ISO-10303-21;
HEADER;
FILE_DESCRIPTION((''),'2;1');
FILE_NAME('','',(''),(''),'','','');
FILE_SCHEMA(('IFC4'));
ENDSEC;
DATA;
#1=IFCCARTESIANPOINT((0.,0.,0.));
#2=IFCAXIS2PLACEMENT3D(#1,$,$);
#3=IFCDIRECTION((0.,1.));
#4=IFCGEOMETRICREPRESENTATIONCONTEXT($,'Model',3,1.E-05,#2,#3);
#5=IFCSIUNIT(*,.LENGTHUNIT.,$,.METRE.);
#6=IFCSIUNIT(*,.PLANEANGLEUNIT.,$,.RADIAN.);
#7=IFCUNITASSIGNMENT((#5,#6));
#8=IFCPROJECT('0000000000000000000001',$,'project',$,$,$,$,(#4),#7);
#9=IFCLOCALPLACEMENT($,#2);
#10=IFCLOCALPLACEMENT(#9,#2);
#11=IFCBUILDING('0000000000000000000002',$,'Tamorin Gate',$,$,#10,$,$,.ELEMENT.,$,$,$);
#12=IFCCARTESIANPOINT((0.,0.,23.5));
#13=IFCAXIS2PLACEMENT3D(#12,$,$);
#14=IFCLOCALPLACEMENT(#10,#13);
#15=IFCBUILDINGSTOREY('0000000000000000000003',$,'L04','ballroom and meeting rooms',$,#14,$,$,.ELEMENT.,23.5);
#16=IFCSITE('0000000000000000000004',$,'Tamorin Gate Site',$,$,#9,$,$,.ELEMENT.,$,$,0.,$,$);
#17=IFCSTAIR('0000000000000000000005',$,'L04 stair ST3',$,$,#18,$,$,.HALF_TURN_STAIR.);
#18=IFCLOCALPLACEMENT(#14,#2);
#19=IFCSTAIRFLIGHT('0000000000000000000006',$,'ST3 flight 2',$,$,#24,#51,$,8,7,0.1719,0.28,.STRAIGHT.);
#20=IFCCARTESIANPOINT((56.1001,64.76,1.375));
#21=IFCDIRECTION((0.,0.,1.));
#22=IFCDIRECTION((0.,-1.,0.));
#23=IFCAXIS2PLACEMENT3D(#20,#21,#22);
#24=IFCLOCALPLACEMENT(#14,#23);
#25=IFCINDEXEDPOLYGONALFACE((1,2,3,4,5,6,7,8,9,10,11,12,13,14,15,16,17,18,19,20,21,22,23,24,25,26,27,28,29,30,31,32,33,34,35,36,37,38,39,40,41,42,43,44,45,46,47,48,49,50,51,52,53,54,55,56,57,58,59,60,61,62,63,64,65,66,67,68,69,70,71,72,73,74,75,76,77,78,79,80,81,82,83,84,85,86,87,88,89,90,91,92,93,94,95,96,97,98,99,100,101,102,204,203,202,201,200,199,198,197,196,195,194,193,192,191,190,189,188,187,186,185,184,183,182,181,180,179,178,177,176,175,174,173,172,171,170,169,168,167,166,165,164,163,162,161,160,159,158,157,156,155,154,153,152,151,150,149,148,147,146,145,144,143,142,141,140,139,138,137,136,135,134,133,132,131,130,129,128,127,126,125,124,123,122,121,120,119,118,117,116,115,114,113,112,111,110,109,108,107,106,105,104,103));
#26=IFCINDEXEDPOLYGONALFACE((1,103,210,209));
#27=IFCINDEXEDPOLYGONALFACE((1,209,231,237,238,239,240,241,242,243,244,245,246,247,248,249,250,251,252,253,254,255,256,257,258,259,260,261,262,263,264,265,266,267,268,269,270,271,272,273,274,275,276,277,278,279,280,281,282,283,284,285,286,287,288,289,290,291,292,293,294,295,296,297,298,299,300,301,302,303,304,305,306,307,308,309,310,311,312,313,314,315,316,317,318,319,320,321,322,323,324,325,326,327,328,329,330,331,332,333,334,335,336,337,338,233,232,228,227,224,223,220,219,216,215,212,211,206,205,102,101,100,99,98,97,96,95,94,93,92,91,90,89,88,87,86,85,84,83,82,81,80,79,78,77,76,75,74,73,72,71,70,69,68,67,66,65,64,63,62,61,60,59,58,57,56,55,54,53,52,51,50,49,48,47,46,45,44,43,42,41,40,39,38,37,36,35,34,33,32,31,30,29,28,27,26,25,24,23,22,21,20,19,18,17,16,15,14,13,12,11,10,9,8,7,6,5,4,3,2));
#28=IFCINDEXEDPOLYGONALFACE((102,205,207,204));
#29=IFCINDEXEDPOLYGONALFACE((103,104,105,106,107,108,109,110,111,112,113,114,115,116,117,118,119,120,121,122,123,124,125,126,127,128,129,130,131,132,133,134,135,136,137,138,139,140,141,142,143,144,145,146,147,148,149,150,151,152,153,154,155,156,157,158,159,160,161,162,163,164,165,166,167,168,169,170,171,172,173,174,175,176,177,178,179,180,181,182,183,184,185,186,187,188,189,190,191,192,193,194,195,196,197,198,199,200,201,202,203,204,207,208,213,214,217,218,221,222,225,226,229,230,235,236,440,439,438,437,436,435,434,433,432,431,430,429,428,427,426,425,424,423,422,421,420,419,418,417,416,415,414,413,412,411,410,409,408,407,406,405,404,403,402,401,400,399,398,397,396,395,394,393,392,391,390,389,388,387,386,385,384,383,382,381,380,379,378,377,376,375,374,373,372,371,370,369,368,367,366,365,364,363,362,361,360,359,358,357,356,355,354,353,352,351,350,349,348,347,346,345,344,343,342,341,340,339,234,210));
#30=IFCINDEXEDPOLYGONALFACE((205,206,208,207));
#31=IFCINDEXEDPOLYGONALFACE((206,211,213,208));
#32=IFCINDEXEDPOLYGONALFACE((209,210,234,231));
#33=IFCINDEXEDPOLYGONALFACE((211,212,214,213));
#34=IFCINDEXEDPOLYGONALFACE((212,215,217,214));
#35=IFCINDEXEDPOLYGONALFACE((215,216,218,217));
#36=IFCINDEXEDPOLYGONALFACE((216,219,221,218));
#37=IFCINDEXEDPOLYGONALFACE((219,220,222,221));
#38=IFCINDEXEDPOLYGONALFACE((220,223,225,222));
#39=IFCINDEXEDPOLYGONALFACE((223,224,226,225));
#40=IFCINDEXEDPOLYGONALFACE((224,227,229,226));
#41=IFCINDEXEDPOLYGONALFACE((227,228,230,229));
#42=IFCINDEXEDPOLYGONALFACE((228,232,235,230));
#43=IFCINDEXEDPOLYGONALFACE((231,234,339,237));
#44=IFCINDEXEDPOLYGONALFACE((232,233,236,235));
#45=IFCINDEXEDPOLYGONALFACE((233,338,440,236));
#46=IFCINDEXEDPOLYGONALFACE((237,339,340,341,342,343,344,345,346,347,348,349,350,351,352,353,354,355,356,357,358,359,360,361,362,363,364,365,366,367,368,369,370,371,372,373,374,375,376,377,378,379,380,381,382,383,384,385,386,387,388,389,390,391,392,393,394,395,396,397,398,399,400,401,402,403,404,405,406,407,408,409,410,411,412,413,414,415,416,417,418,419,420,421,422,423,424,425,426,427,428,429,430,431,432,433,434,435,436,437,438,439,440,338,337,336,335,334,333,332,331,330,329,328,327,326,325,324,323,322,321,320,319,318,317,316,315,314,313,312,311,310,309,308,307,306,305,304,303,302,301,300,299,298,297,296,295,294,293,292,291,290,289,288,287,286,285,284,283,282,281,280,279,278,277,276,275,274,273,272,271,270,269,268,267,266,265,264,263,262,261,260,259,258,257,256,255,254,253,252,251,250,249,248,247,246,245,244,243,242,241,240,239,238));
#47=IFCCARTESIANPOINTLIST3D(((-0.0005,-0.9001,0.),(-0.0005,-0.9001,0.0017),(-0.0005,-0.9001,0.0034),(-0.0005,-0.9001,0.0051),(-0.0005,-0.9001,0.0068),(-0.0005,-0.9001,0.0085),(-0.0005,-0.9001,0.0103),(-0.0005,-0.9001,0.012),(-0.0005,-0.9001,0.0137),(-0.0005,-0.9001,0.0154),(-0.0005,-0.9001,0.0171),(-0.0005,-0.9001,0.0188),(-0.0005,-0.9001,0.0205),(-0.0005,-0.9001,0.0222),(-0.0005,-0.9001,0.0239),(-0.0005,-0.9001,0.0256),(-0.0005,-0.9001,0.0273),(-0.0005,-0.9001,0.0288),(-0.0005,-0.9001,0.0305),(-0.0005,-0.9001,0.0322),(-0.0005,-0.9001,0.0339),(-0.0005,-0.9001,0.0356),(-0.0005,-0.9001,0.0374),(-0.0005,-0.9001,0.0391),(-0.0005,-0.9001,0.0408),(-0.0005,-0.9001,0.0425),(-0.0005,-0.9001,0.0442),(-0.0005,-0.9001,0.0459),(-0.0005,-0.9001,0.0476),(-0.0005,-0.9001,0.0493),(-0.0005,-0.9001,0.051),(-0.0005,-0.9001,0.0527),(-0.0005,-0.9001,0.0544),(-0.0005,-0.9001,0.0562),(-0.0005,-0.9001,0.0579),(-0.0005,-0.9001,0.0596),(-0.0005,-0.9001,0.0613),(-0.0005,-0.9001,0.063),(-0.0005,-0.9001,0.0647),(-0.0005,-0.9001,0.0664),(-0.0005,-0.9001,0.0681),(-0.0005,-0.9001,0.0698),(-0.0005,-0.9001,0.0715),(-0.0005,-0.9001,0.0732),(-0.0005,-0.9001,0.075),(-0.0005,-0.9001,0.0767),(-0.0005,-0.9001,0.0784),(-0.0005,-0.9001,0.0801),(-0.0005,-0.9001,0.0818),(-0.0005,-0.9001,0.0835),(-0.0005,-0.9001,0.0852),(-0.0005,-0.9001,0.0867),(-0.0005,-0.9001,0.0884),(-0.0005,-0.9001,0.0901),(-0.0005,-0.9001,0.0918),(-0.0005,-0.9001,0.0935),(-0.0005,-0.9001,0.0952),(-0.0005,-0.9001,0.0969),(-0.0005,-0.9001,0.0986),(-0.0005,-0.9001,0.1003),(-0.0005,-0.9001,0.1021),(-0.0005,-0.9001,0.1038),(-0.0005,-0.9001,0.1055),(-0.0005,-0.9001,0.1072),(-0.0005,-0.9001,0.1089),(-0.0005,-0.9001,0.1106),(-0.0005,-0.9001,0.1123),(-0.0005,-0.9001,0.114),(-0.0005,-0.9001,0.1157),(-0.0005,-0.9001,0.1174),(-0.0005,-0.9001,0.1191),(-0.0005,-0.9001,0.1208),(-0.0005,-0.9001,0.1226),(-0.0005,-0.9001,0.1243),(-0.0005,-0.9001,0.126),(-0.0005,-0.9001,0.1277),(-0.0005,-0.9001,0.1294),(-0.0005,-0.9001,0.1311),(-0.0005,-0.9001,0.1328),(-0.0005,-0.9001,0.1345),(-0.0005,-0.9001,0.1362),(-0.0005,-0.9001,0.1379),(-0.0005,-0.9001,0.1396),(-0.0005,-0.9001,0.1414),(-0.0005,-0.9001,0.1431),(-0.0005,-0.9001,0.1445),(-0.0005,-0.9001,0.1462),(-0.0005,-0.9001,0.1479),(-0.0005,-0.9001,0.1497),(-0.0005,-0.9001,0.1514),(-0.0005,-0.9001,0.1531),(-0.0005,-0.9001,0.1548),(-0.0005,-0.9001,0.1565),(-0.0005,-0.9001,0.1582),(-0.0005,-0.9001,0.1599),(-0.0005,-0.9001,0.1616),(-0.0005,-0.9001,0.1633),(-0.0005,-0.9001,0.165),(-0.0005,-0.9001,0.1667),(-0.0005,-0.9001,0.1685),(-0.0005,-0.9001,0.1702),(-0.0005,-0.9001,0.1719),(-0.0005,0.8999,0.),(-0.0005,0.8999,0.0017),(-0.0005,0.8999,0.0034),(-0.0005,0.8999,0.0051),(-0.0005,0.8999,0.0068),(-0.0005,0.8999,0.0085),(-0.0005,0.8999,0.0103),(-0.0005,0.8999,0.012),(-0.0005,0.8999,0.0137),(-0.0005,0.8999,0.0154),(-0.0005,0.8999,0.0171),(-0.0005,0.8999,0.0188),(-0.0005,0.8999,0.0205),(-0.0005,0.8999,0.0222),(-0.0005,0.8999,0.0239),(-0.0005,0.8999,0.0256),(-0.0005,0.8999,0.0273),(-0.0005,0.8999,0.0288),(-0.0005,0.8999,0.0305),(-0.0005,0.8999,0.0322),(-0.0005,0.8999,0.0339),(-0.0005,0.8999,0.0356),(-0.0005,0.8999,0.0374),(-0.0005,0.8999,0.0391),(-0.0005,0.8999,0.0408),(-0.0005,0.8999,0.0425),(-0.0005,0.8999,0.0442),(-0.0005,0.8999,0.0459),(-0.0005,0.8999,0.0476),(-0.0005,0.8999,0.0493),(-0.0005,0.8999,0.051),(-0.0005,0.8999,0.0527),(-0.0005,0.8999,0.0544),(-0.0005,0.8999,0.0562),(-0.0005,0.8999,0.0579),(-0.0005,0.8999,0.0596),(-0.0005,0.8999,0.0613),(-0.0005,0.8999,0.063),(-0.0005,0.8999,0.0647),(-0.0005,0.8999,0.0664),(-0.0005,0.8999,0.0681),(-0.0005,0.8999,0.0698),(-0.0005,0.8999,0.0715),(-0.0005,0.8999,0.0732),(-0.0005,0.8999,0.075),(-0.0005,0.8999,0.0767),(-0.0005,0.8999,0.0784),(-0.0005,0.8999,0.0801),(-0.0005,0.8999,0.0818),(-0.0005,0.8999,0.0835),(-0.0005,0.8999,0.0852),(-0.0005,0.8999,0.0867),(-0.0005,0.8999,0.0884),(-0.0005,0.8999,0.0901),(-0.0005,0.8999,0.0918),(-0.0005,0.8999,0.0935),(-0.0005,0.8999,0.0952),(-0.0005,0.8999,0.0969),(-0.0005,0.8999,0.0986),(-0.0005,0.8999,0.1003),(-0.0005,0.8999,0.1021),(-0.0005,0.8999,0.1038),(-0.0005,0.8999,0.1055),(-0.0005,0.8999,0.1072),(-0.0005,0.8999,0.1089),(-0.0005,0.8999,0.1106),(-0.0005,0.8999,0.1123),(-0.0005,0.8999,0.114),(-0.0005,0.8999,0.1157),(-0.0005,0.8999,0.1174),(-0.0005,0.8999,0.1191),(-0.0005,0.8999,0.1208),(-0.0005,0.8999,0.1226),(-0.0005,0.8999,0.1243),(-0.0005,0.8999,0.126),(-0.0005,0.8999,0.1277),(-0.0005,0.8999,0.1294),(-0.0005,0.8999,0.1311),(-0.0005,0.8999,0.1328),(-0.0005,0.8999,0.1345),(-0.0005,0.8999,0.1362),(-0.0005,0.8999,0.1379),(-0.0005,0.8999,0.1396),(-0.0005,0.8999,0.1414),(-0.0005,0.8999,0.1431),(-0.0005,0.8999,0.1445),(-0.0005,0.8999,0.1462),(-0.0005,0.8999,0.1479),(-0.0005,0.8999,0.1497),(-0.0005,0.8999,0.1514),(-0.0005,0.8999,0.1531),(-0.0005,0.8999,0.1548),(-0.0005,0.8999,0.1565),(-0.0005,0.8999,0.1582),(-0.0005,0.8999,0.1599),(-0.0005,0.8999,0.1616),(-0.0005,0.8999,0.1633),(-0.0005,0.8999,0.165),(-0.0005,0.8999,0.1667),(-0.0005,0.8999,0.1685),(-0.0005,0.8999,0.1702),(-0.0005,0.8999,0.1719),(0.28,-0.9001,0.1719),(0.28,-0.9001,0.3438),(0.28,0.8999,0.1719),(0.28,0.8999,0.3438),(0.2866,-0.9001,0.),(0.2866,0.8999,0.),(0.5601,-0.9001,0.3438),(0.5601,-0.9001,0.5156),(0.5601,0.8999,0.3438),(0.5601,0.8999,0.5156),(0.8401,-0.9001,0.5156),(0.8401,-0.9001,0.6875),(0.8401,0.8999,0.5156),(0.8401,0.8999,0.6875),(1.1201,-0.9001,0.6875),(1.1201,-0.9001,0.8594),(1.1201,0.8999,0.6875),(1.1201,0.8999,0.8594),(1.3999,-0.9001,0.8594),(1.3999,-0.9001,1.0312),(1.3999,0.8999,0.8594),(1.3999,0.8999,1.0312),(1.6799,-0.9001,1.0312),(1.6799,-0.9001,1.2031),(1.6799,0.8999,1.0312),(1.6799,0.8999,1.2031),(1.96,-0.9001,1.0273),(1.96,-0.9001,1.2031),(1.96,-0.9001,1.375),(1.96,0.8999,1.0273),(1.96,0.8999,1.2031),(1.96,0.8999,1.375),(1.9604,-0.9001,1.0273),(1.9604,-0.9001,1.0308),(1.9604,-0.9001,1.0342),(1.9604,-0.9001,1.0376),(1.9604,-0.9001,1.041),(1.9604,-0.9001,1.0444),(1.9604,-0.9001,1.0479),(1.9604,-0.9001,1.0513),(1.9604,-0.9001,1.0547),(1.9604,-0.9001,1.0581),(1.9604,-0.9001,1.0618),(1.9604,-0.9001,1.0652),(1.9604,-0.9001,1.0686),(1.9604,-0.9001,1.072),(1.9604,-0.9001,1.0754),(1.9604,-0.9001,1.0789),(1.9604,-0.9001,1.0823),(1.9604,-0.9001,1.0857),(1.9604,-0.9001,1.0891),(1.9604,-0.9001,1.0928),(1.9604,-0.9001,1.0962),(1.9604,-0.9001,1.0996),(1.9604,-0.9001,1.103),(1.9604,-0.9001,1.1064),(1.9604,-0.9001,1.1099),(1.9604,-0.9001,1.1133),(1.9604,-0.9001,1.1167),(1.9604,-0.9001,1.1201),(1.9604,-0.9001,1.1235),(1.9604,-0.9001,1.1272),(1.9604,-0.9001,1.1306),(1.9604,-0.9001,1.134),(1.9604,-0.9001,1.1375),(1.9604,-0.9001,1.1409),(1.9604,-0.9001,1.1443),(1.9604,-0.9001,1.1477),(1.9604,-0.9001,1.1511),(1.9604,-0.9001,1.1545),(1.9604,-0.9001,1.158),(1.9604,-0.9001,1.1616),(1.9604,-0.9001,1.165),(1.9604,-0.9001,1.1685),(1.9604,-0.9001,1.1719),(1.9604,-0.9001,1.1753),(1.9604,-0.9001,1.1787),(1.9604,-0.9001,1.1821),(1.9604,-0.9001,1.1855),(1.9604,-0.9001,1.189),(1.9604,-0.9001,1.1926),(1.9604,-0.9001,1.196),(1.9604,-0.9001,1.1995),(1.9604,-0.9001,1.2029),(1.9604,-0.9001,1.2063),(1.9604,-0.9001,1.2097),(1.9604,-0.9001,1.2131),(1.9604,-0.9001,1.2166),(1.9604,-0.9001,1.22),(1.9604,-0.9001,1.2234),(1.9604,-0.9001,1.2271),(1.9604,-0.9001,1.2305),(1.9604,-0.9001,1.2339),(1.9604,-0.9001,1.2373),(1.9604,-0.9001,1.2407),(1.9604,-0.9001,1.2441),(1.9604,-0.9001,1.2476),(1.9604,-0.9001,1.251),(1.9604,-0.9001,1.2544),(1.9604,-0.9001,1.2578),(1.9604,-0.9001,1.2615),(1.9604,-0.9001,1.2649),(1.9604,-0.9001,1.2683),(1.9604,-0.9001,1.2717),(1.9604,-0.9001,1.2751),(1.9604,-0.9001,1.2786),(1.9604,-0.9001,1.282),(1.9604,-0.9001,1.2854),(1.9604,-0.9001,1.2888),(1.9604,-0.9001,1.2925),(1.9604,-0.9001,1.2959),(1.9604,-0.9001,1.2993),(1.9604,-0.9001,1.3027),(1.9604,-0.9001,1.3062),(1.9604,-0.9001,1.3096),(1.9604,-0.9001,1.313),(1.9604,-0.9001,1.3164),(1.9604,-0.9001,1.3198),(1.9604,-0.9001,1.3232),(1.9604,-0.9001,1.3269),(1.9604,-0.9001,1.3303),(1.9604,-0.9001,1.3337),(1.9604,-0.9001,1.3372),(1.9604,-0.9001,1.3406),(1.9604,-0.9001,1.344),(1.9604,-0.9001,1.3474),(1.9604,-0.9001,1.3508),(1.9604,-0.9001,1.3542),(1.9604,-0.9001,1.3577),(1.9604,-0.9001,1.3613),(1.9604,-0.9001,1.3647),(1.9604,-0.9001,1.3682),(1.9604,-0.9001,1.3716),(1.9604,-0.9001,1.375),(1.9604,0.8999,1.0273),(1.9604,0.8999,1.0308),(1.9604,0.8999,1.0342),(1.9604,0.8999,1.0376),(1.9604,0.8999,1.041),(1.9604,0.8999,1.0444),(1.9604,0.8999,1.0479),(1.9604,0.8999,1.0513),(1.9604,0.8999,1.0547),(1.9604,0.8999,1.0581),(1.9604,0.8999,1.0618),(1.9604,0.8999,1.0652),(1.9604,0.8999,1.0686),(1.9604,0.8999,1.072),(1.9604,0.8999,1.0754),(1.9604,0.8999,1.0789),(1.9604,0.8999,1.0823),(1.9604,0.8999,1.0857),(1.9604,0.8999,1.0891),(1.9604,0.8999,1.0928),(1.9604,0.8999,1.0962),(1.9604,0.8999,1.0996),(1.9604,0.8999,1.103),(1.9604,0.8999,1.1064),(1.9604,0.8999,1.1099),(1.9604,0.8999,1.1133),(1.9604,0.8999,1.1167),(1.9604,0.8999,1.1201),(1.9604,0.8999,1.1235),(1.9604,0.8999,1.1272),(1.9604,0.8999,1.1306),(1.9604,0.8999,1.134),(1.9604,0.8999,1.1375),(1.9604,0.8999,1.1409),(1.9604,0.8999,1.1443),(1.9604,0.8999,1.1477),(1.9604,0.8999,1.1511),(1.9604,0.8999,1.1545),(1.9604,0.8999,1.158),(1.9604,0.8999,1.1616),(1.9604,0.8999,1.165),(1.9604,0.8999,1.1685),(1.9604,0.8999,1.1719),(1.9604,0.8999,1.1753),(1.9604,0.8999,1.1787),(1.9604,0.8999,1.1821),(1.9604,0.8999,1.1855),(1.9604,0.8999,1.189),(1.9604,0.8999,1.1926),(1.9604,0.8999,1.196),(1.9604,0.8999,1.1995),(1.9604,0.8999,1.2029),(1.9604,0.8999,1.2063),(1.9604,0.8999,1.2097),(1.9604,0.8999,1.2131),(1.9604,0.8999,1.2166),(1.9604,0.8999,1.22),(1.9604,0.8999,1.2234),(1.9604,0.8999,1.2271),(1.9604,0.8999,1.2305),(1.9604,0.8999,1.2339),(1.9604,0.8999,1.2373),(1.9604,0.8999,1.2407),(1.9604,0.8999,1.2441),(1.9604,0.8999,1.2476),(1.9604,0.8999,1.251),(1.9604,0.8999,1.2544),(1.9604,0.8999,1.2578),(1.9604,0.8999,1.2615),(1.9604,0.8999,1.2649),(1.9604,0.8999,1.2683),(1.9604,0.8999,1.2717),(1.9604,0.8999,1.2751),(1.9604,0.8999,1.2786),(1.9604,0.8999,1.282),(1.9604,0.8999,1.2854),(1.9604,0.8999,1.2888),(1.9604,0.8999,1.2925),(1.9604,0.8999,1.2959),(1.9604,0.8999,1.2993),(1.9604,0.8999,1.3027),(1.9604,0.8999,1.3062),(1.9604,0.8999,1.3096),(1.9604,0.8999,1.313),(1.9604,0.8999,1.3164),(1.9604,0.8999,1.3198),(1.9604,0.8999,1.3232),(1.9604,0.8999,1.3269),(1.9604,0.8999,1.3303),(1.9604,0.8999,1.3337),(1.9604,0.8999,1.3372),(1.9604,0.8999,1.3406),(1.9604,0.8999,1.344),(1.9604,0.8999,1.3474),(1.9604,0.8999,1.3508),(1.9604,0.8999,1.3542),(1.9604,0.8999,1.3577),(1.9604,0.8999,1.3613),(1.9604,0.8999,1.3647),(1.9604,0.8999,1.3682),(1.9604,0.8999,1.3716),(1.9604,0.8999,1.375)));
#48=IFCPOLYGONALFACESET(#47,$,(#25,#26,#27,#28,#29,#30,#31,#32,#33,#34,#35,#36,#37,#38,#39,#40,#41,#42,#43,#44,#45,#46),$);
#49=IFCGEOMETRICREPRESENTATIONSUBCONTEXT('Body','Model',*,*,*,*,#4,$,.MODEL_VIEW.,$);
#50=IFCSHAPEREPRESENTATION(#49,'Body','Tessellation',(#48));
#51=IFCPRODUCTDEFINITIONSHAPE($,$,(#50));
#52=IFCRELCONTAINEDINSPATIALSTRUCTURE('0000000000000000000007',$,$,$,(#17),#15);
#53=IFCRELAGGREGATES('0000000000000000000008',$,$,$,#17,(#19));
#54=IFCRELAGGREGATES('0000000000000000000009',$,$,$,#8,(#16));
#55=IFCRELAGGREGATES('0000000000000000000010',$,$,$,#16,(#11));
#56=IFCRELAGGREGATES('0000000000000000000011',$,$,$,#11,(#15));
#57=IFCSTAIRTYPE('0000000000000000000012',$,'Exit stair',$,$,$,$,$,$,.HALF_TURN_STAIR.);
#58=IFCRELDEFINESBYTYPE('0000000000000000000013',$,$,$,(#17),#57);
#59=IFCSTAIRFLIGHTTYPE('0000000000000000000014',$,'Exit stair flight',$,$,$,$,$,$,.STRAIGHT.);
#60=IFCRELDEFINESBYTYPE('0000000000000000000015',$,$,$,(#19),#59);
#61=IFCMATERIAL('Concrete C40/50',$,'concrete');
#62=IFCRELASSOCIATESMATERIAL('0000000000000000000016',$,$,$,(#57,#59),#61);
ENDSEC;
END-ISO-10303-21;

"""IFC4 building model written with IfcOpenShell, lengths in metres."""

from ifc_helpers import new_model, si_unit, direction, frame, origin, place, context, subcontext, project, spatial, polyline, outline, extrude, material, type_object, element, aggregate, save


model = new_model("IFC4")

# Units and contexts
model_context = context("Model", 3, precision=1e-05, world=origin(), true_north=direction((0.0, 1.0)))
body_context = subcontext(model_context, "Body", "Model", "MODEL_VIEW")
ifc_project = project(units=[si_unit("LENGTHUNIT", "METRE"), si_unit("PLANEANGLEUNIT", "RADIAN")], contexts=[model_context])

# Site, building, storey
site_placement = place(None, origin())
site = spatial("IfcSite", under=ifc_project, at=site_placement, Name="Tamorin Gate Site", CompositionType="ELEMENT", RefElevation=0.0)
building_placement = place(site_placement, origin())
building = spatial("IfcBuilding", under=site, at=building_placement, Name="Tamorin Gate", CompositionType="ELEMENT")
storey_placement = place(building_placement, frame((0.0, 0.0, 23.5)))
storey = spatial("IfcBuildingStorey", under=building, at=storey_placement, Name="L04", Description="ballroom and meeting rooms", CompositionType="ELEMENT", Elevation=23.5)

# Shared definitions
ifc_material_1 = material(Name="Concrete C40/50", Category="concrete")

# Stair, stair flight
stair_type = type_object("IfcStairType", Name="Exit stair", PredefinedType="HALF_TURN_STAIR", material=ifc_material_1)
stair_placement = place(storey_placement, origin())
stair = element("IfcStair", 1, at=stair_placement, inside=storey, type_object=stair_type, Name="L04 stair ST3", PredefinedType="HALF_TURN_STAIR")
stair_flight_type = type_object("IfcStairFlightType", Name="Exit stair flight", PredefinedType="STRAIGHT", material=ifc_material_1)
stair_flight_1_placement = place(storey_placement, frame((56.1001, 64.76, 1.375), z_axis=(0.0, 0.0, 1.0), x_axis=(0.0, -1.0, 0.0)))
stair_flight_1 = element("IfcStairFlight", 2, at=stair_flight_1_placement, type_object=stair_flight_type, Name="ST3 flight 2", NumberOfRisers=8, NumberOfTreads=7, PredefinedType="STRAIGHT", RiserHeight=0.1719, TreadLength=0.28, context=body_context, shape_type="SweptSolid", body=[
    extrude(outline(polyline([(-0.0005, 0.0), (-0.0005, 0.0017), (-0.0005, 0.0034), (-0.0005, 0.0051), (-0.0005, 0.0068), (-0.0005, 0.0085), (-0.0005, 0.0103), (-0.0005, 0.012), (-0.0005, 0.0137), (-0.0005, 0.0154), (-0.0005, 0.0171), (-0.0005, 0.0188), (-0.0005, 0.0205), (-0.0005, 0.0222), (-0.0005, 0.0239), (-0.0005, 0.0256), (-0.0005, 0.0273), (-0.0005, 0.0288), (-0.0005, 0.0305), (-0.0005, 0.0322), (-0.0005, 0.0339), (-0.0005, 0.0356), (-0.0005, 0.0374), (-0.0005, 0.0391), (-0.0005, 0.0408), (-0.0005, 0.0425), (-0.0005, 0.0442), (-0.0005, 0.0459), (-0.0005, 0.0476), (-0.0005, 0.0493), (-0.0005, 0.051), (-0.0005, 0.0527), (-0.0005, 0.0544), (-0.0005, 0.0562), (-0.0005, 0.0579), (-0.0005, 0.0596), (-0.0005, 0.0613), (-0.0005, 0.063), (-0.0005, 0.0647), (-0.0005, 0.0664), (-0.0005, 0.0681), (-0.0005, 0.0698), (-0.0005, 0.0715), (-0.0005, 0.0732), (-0.0005, 0.075), (-0.0005, 0.0767), (-0.0005, 0.0784), (-0.0005, 0.0801), (-0.0005, 0.0818), (-0.0005, 0.0835), (-0.0005, 0.0852), (-0.0005, 0.0867), (-0.0005, 0.0884), (-0.0005, 0.0901), (-0.0005, 0.0918), (-0.0005, 0.0935), (-0.0005, 0.0952), (-0.0005, 0.0969), (-0.0005, 0.0986), (-0.0005, 0.1003), (-0.0005, 0.1021), (-0.0005, 0.1038), (-0.0005, 0.1055), (-0.0005, 0.1072), (-0.0005, 0.1089), (-0.0005, 0.1106), (-0.0005, 0.1123), (-0.0005, 0.114), (-0.0005, 0.1157), (-0.0005, 0.1174), (-0.0005, 0.1191), (-0.0005, 0.1208), (-0.0005, 0.1226), (-0.0005, 0.1243), (-0.0005, 0.126), (-0.0005, 0.1277), (-0.0005, 0.1294), (-0.0005, 0.1311), (-0.0005, 0.1328), (-0.0005, 0.1345), (-0.0005, 0.1362), (-0.0005, 0.1379), (-0.0005, 0.1396), (-0.0005, 0.1414), (-0.0005, 0.1431), (-0.0005, 0.1445), (-0.0005, 0.1462), (-0.0005, 0.1479), (-0.0005, 0.1497), (-0.0005, 0.1514), (-0.0005, 0.1531), (-0.0005, 0.1548), (-0.0005, 0.1565), (-0.0005, 0.1582), (-0.0005, 0.1599), (-0.0005, 0.1616), (-0.0005, 0.1633), (-0.0005, 0.165), (-0.0005, 0.1667), (-0.0005, 0.1685), (-0.0005, 0.1702), (-0.0005, 0.1719), (0.28, 0.1719), (0.28, 0.3438), (0.5601, 0.3438), (0.5601, 0.5156), (0.8401, 0.5156), (0.8401, 0.6875), (1.1201, 0.6875), (1.1201, 0.8594), (1.3999, 0.8594), (1.3999, 1.0312), (1.6799, 1.0312), (1.6799, 1.2031), (1.96, 1.2031), (1.96, 1.375), (1.9604, 1.375), (1.9604, 1.3716), (1.9604, 1.3682), (1.9604, 1.3647), (1.9604, 1.3613), (1.9604, 1.3577), (1.9604, 1.3542), (1.9604, 1.3508), (1.9604, 1.3474), (1.9604, 1.344), (1.9604, 1.3406), (1.9604, 1.3372), (1.9604, 1.3337), (1.9604, 1.3303), (1.9604, 1.3269), (1.9604, 1.3232), (1.9604, 1.3198), (1.9604, 1.3164), (1.9604, 1.313), (1.9604, 1.3096), (1.9604, 1.3062), (1.9604, 1.3027), (1.9604, 1.2993), (1.9604, 1.2959), (1.9604, 1.2925), (1.9604, 1.2888), (1.9604, 1.2854), (1.9604, 1.282), (1.9604, 1.2786), (1.9604, 1.2751), (1.9604, 1.2717), (1.9604, 1.2683), (1.9604, 1.2649), (1.9604, 1.2615), (1.9604, 1.2578), (1.9604, 1.2544), (1.9604, 1.251), (1.9604, 1.2476), (1.9604, 1.2441), (1.9604, 1.2407), (1.9604, 1.2373), (1.9604, 1.2339), (1.9604, 1.2305), (1.9604, 1.2271), (1.9604, 1.2234), (1.9604, 1.22), (1.9604, 1.2166), (1.9604, 1.2131), (1.9604, 1.2097), (1.9604, 1.2063), (1.9604, 1.2029), (1.9604, 1.1995), (1.9604, 1.196), (1.9604, 1.1926), (1.9604, 1.189), (1.9604, 1.1855), (1.9604, 1.1821), (1.9604, 1.1787), (1.9604, 1.1753), (1.9604, 1.1719), (1.9604, 1.1685), (1.9604, 1.165), (1.9604, 1.1616), (1.9604, 1.158), (1.9604, 1.1545), (1.9604, 1.1511), (1.9604, 1.1477), (1.9604, 1.1443), (1.9604, 1.1409), (1.9604, 1.1375), (1.9604, 1.134), (1.9604, 1.1306), (1.9604, 1.1272), (1.9604, 1.1235), (1.9604, 1.1201), (1.9604, 1.1167), (1.9604, 1.1133), (1.9604, 1.1099), (1.9604, 1.1064), (1.9604, 1.103), (1.9604, 1.0996), (1.9604, 1.0962), (1.9604, 1.0928), (1.9604, 1.0891), (1.9604, 1.0857), (1.9604, 1.0823), (1.9604, 1.0789), (1.9604, 1.0754), (1.9604, 1.072), (1.9604, 1.0686), (1.9604, 1.0652), (1.9604, 1.0618), (1.9604, 1.0581), (1.9604, 1.0547), (1.9604, 1.0513), (1.9604, 1.0479), (1.9604, 1.0444), (1.9604, 1.041), (1.9604, 1.0376), (1.9604, 1.0342), (1.9604, 1.0308), (1.9604, 1.0273), (1.96, 1.0273), (0.2866, 0.0), (-0.0005, 0.0)])), frame((0.0, 0.8999, 0.0), z_axis=(0.0, -1.0, 0.0), x_axis=(1.0, 0.0, 0.0)), (0.0, 0.0, 1.0), 1.8),
])
aggregate(stair, [stair_flight_1])

save(model, "model.ifc")
